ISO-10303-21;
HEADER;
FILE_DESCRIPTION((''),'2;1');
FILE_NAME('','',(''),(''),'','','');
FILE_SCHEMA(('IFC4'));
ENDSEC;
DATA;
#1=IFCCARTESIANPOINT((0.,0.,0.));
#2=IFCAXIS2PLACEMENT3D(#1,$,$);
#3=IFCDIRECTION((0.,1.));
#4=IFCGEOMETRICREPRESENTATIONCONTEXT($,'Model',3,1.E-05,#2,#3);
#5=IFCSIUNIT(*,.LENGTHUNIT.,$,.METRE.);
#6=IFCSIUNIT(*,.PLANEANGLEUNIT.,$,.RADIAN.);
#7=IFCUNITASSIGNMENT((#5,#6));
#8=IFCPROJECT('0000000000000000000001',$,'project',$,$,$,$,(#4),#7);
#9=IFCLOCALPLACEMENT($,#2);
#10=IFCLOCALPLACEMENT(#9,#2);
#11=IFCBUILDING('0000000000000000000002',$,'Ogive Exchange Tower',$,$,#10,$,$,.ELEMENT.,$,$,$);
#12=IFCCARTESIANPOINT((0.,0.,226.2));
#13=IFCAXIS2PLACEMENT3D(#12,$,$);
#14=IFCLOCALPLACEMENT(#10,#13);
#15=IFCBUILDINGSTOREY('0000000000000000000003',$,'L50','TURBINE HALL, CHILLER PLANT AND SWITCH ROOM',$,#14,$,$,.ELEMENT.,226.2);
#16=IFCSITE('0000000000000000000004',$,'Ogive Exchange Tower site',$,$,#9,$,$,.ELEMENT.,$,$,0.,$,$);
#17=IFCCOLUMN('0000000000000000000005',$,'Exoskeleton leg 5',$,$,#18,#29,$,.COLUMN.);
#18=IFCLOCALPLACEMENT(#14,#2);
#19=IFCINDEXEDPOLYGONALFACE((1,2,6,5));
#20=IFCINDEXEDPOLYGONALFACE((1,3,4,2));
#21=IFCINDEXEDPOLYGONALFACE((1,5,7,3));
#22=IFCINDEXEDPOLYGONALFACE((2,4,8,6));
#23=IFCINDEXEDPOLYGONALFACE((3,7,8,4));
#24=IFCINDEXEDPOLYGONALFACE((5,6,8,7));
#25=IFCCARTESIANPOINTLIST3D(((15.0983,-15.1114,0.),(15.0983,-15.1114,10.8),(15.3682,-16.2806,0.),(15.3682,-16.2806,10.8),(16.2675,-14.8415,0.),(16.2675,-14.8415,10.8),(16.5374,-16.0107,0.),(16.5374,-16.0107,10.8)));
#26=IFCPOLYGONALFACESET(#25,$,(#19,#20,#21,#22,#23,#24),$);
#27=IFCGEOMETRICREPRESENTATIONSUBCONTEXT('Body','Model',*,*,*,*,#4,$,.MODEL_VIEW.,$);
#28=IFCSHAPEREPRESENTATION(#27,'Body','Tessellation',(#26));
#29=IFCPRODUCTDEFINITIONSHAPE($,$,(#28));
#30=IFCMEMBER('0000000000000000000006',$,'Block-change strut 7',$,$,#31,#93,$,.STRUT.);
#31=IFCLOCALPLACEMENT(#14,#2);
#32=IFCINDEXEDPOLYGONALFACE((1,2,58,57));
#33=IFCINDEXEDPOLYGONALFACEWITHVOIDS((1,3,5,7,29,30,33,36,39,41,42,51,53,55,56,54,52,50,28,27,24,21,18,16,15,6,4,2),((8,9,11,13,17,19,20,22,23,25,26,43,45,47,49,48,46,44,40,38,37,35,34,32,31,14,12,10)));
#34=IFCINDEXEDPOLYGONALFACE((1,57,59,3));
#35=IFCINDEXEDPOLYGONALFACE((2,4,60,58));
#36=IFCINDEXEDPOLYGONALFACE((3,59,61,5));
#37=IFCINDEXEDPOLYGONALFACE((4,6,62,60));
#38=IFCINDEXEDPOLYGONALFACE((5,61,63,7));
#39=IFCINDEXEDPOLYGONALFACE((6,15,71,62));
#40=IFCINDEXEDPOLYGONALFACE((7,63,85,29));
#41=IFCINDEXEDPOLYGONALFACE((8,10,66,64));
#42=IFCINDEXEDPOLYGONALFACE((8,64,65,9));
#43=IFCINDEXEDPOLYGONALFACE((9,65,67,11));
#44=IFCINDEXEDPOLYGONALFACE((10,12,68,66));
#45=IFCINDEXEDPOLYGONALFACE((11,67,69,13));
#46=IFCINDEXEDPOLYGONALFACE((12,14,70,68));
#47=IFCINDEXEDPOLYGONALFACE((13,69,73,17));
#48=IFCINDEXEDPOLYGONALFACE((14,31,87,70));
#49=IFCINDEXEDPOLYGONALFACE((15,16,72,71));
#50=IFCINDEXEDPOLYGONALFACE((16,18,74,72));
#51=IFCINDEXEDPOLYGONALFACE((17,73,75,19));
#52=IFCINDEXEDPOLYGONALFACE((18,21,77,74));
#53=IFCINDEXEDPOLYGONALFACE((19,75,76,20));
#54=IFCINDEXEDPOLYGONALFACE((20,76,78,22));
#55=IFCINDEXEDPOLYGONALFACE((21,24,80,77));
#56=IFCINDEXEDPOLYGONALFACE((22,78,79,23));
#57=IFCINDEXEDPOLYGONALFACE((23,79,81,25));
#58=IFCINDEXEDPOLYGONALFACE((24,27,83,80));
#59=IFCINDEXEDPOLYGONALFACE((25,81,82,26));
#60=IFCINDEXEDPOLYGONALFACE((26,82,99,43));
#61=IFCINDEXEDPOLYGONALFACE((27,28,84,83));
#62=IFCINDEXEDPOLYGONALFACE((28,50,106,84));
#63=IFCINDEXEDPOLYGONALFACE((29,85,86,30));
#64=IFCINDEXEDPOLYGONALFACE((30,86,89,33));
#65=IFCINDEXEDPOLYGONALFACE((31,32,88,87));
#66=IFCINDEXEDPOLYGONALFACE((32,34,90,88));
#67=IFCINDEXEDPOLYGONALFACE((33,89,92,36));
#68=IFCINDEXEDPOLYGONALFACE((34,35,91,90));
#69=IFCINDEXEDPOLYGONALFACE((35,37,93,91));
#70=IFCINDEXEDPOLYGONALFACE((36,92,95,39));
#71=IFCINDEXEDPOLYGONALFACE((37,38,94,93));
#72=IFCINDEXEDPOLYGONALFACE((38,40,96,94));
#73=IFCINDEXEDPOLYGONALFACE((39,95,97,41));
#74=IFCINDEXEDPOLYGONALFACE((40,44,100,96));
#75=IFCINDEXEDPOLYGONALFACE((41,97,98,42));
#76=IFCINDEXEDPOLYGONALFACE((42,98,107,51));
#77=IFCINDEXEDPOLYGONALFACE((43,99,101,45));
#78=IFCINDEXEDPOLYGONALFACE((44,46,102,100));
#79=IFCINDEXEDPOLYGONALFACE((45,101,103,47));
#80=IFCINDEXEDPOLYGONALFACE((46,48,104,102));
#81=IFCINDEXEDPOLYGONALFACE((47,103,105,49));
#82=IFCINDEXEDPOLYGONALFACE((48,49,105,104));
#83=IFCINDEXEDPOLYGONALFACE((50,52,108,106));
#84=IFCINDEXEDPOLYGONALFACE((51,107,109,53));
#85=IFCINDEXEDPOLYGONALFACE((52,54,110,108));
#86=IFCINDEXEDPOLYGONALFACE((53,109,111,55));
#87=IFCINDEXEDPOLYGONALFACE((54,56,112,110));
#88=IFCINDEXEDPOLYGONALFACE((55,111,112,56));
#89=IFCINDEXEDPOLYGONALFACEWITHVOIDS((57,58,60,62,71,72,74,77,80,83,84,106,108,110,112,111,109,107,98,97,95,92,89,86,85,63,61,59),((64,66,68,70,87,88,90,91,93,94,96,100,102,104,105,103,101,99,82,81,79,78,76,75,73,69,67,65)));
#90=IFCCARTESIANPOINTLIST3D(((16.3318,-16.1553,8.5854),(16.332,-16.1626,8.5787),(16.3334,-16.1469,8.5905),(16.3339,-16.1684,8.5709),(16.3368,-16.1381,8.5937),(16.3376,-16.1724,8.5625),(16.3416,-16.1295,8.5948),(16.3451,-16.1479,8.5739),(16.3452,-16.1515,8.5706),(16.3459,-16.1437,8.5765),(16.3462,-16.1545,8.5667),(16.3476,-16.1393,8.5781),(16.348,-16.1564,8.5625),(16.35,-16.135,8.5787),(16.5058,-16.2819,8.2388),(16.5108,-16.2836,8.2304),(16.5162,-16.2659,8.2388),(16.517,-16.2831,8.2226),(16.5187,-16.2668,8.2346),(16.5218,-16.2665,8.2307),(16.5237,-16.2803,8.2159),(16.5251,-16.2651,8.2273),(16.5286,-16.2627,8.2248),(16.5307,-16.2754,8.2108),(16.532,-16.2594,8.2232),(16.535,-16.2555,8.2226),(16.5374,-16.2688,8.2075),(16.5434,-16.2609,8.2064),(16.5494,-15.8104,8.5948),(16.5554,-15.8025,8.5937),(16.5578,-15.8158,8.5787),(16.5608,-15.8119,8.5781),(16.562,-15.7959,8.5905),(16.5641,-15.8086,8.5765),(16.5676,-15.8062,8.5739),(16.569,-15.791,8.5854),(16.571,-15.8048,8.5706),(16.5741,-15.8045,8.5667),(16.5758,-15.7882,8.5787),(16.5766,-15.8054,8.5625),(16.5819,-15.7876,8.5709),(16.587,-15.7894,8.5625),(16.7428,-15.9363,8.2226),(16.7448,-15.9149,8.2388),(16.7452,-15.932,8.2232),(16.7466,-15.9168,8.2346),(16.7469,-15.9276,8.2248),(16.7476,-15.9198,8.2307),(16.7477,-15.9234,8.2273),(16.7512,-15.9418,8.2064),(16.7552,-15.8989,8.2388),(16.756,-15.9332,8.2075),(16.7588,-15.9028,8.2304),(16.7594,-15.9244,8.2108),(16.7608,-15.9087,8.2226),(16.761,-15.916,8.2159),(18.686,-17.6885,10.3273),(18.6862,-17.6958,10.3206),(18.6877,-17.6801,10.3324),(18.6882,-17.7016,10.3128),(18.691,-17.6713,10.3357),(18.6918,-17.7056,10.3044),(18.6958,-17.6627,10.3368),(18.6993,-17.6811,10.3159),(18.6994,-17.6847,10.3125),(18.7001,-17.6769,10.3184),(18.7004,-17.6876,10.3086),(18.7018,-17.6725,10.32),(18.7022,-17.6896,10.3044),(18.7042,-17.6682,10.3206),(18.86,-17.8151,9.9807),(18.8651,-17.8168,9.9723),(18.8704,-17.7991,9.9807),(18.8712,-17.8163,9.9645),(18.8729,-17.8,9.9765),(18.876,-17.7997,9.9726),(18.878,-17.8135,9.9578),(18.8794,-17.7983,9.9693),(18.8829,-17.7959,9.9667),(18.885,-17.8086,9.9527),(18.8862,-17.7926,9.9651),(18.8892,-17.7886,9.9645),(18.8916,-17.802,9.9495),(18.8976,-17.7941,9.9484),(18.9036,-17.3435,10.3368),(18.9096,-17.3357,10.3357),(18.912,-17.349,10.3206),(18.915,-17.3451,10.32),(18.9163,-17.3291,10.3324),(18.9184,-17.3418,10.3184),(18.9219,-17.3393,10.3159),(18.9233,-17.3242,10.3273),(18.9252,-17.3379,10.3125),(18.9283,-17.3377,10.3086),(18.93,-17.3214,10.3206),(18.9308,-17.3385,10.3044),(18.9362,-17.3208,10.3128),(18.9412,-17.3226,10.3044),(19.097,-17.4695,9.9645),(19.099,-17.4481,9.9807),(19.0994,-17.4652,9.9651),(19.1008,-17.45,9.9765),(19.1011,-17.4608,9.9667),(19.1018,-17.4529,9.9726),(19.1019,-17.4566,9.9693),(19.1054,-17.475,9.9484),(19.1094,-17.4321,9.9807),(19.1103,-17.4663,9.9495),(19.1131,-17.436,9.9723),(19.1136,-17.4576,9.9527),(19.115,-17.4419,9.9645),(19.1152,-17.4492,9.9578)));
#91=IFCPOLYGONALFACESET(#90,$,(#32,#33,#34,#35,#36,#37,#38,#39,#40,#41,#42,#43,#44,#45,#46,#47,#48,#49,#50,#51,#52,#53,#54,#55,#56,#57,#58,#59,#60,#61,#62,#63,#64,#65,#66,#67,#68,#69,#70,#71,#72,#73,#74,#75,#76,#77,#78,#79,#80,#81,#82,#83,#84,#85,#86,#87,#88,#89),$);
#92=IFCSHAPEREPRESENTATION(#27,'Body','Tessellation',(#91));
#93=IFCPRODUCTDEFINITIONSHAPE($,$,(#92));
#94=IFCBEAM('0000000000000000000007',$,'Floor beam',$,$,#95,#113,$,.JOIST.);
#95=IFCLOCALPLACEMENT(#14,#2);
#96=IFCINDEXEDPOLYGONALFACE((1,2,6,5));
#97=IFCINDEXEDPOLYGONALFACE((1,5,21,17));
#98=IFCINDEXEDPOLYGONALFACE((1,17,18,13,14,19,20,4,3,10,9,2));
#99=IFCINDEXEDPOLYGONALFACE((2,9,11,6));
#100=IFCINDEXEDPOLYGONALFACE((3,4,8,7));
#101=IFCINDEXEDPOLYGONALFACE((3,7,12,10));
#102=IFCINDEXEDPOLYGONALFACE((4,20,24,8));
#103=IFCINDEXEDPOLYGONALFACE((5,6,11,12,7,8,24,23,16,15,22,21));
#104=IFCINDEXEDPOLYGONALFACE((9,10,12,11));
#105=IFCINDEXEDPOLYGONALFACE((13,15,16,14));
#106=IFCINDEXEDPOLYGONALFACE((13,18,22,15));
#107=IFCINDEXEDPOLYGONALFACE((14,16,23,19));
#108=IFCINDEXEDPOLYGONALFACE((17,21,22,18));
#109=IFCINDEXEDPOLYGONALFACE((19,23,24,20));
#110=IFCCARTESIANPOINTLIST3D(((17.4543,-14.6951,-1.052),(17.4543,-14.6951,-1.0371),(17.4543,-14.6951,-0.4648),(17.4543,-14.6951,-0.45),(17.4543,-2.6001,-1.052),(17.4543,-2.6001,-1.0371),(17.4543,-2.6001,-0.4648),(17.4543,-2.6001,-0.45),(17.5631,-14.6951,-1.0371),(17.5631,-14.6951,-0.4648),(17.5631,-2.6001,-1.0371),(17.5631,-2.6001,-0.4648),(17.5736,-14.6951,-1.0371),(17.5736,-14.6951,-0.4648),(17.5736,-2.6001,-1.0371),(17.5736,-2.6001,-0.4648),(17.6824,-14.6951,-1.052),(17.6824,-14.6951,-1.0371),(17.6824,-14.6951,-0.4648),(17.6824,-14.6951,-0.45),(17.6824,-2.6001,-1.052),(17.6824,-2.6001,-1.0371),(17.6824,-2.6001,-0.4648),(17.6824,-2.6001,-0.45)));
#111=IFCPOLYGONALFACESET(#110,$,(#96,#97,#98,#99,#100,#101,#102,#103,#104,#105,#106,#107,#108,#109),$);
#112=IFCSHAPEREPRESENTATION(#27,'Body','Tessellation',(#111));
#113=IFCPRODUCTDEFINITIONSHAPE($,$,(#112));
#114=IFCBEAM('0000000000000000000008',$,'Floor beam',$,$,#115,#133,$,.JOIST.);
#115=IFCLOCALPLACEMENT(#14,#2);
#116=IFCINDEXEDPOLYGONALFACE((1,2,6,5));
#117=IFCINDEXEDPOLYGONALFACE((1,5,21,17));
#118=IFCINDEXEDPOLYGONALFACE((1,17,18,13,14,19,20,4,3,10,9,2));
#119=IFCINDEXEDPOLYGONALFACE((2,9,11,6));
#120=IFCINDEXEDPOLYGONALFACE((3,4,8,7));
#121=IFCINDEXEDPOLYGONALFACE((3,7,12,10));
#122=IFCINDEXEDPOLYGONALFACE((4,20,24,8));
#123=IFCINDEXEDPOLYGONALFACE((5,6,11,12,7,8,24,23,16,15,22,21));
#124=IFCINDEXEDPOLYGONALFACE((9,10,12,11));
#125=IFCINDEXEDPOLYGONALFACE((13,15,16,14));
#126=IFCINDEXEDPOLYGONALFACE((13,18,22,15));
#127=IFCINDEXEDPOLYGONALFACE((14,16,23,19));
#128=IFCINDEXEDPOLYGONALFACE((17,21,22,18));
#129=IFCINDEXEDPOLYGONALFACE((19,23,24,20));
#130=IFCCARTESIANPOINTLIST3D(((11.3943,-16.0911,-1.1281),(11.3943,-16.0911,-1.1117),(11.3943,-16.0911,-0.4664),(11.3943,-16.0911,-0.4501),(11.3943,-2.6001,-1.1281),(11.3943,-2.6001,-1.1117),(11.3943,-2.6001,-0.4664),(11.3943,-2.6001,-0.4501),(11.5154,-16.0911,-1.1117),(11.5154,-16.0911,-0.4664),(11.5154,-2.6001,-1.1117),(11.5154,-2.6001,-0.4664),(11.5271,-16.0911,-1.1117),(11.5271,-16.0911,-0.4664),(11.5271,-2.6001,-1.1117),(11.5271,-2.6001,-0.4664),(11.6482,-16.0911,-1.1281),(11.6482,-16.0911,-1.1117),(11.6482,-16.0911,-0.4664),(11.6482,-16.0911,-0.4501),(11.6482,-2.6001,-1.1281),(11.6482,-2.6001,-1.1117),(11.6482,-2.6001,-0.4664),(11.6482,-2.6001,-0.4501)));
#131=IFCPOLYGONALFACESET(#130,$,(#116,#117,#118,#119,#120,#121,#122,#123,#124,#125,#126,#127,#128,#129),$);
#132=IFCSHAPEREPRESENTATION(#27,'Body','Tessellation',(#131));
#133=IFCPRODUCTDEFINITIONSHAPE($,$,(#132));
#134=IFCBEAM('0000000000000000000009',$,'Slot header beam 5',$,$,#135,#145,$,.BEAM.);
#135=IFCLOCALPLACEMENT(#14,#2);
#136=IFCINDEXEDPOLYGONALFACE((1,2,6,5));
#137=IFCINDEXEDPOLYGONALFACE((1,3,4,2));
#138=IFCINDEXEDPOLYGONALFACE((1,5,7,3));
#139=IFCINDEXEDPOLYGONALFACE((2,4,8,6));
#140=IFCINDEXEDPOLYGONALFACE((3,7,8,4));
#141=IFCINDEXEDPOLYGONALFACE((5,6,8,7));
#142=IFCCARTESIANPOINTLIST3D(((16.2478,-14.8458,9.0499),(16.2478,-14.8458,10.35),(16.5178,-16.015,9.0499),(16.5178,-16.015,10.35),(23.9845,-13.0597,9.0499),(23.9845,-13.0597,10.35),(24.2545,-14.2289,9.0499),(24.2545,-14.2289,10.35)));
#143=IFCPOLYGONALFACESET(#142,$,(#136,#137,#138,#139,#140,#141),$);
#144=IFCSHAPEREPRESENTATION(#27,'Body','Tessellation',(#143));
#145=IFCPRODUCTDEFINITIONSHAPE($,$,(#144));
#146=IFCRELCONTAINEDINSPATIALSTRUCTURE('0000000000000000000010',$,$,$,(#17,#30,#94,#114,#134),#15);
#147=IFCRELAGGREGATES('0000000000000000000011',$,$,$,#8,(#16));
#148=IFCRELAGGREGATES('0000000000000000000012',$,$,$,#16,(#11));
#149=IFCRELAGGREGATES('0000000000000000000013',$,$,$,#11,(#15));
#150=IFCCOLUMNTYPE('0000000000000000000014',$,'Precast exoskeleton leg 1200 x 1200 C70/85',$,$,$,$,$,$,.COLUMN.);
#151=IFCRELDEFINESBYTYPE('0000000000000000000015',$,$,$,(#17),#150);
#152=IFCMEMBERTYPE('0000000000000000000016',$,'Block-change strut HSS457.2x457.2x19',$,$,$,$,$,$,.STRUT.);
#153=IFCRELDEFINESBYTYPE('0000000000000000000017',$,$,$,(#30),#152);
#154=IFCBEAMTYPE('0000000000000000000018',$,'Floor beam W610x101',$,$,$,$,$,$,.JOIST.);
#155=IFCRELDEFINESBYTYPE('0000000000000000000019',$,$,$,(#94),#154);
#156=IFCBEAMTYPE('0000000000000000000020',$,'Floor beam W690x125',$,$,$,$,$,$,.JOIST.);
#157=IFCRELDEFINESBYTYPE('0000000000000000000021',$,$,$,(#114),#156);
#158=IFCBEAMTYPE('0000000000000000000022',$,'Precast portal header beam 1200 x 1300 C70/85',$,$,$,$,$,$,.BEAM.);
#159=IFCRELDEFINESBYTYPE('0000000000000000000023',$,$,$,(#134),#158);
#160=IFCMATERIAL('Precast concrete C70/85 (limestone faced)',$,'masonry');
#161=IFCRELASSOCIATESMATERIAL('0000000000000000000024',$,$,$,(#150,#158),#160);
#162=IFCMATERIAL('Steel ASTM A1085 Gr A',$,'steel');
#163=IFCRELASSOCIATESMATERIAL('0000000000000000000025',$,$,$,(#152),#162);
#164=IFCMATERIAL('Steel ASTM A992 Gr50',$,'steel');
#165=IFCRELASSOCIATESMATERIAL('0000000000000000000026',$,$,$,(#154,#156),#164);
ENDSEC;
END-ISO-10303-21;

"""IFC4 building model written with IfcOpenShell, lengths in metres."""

from ifc_helpers import new_model, si_unit, direction, frame, origin, origin_2d, place, context, subcontext, project, spatial, rectangle, hollow_rectangle, i_section, extrude, material, material_profile, profile_set, type_object, element, save


model = new_model("IFC4")

# Units and contexts
model_context = context("Model", 3, precision=1e-05, world=origin(), true_north=direction((0.0, 1.0)))
body_context = subcontext(model_context, "Body", "Model", "MODEL_VIEW")
ifc_project = project(units=[si_unit("LENGTHUNIT", "METRE"), si_unit("PLANEANGLEUNIT", "RADIAN")], contexts=[model_context])

# Site, building, storey
site_placement = place(None, origin())
site = spatial("IfcSite", under=ifc_project, at=site_placement, Name="Ogive Exchange Tower site", CompositionType="ELEMENT", RefElevation=0.0)
building_placement = place(site_placement, origin())
building = spatial("IfcBuilding", under=site, at=building_placement, Name="Ogive Exchange Tower", CompositionType="ELEMENT")
storey_placement = place(building_placement, frame((0.0, 0.0, 226.2)))
storey = spatial("IfcBuildingStorey", under=building, at=storey_placement, Name="L50", Description="TURBINE HALL, CHILLER PLANT AND SWITCH ROOM", CompositionType="ELEMENT", Elevation=226.2)

# Column
ifc_material_1 = material(Name="Precast concrete C70/85 (limestone faced)", Category="masonry")
ifc_material_profile_1 = material_profile(ifc_material_1, rectangle(XDim=1.2, YDim=1.2, at=origin_2d()), Name="1200 x 1200")
ifc_profile_set_1 = profile_set([ifc_material_profile_1], Name="Precast concrete C70/85 (limestone faced)")
column_type = type_object("IfcColumnType", Name="Precast exoskeleton leg 1200 x 1200 C70/85", PredefinedType="COLUMN", material=ifc_profile_set_1)
column_placement = place(storey_placement, frame((15.8179, -15.561, 0.0), z_axis=(0.0, 0.0, 1.0), x_axis=(0.97437, 0.224951, 0.0)))
element("IfcColumn", 1, at=column_placement, inside=storey, type_object=column_type, Name="Exoskeleton leg 5", PredefinedType="COLUMN", context=body_context, shape_type="SweptSolid", body=[
    extrude(rectangle(XDim=1.2, YDim=1.2, at=origin_2d()), origin(), (0.0, 0.0, 1.0), 10.8),
])

# Member
ifc_material_2 = material(Name="Steel ASTM A1085 Gr A", Category="steel")
ifc_material_profile_2 = material_profile(ifc_material_2, hollow_rectangle(XDim=0.457, YDim=0.457, WallThickness=0.019, InnerFilletRadius=0.019, OuterFilletRadius=0.0381, at=origin_2d()), Name="HSS457.2x457.2x19")
ifc_profile_set_2 = profile_set([ifc_material_profile_2], Name="Steel ASTM A1085 Gr A")
member_type_1 = type_object("IfcMemberType", Name="Block-change strut HSS457.2x457.2x19", PredefinedType="STRUT", material=ifc_profile_set_2)
member_1_placement = place(storey_placement, frame((16.5464, -16.0356, 8.4006), z_axis=(0.712181, -0.463808, 0.526954), x_axis=(0.545724, 0.837965, 0.0)))
element("IfcMember", 2, at=member_1_placement, inside=storey, type_object=member_type_1, Name="Block-change strut 7", PredefinedType="STRUT", context=body_context, shape_type="SweptSolid", body=[
    extrude(hollow_rectangle(XDim=0.457, YDim=0.457, WallThickness=0.019, InnerFilletRadius=0.019, OuterFilletRadius=0.0381, at=origin_2d()), origin(), (0.0, 0.0, 1.0), 3.3057),
])

# Beams
ifc_material_3 = material(Name="Steel ASTM A992 Gr50", Category="steel")
ifc_material_profile_3 = material_profile(ifc_material_3, i_section(OverallWidth=0.228, OverallDepth=0.6021, WebThickness=0.0105, FlangeThickness=0.0149, at=origin_2d()), Name="W610x101")
ifc_profile_set_3 = profile_set([ifc_material_profile_3], Name="Steel ASTM A992 Gr50")
beam_type_1 = type_object("IfcBeamType", Name="Floor beam W610x101", PredefinedType="JOIST", material=ifc_profile_set_3)
beam_1_placement = place(storey_placement, frame((17.5684, -14.6951, -0.751), z_axis=(0.0, 1.0, 0.0), x_axis=(-1.0, 0.0, 0.0)))
element("IfcBeam", 3, at=beam_1_placement, inside=storey, type_object=beam_type_1, Name="Floor beam", PredefinedType="JOIST", context=body_context, shape_type="SweptSolid", body=[
    extrude(i_section(OverallWidth=0.228, OverallDepth=0.6021, WebThickness=0.0105, FlangeThickness=0.0149, at=origin_2d()), origin(), (0.0, 0.0, 1.0), 12.095),
])
ifc_material_profile_4 = material_profile(ifc_material_3, i_section(OverallWidth=0.2539, OverallDepth=0.678, WebThickness=0.0117, FlangeThickness=0.0164, at=origin_2d()), Name="W690x125")
ifc_profile_set_4 = profile_set([ifc_material_profile_4], Name="Steel ASTM A992 Gr50")
beam_type_2 = type_object("IfcBeamType", Name="Floor beam W690x125", PredefinedType="JOIST", material=ifc_profile_set_4)
beam_2_placement = place(storey_placement, frame((11.5212, -16.0911, -0.7891), z_axis=(0.0, 1.0, 0.0), x_axis=(-1.0, 0.0, 0.0)))
element("IfcBeam", 4, at=beam_2_placement, inside=storey, type_object=beam_type_2, Name="Floor beam", PredefinedType="JOIST", context=body_context, shape_type="SweptSolid", body=[
    extrude(i_section(OverallWidth=0.2539, OverallDepth=0.678, WebThickness=0.0117, FlangeThickness=0.0164, at=origin_2d()), origin(), (0.0, 0.0, 1.0), 13.491),
])
ifc_material_profile_5 = material_profile(ifc_material_1, rectangle(XDim=1.2, YDim=1.3, at=origin_2d()), Name="1200 x 1300")
ifc_profile_set_5 = profile_set([ifc_material_profile_5], Name="Precast concrete C70/85 (limestone faced)")
beam_type_3 = type_object("IfcBeamType", Name="Precast portal header beam 1200 x 1300 C70/85", PredefinedType="BEAM", material=ifc_profile_set_5)
beam_3_placement = place(storey_placement, frame((16.3828, -15.4304, 9.7), z_axis=(0.97437, 0.224952, 0.0), x_axis=(-0.224952, 0.97437, 0.0)))
element("IfcBeam", 5, at=beam_3_placement, inside=storey, type_object=beam_type_3, Name="Slot header beam 5", PredefinedType="BEAM", context=body_context, shape_type="SweptSolid", body=[
    extrude(rectangle(XDim=1.2, YDim=1.3, at=origin_2d()), origin(), (0.0, 0.0, 1.0), 7.9402),
])

save(model, "model.ifc")
